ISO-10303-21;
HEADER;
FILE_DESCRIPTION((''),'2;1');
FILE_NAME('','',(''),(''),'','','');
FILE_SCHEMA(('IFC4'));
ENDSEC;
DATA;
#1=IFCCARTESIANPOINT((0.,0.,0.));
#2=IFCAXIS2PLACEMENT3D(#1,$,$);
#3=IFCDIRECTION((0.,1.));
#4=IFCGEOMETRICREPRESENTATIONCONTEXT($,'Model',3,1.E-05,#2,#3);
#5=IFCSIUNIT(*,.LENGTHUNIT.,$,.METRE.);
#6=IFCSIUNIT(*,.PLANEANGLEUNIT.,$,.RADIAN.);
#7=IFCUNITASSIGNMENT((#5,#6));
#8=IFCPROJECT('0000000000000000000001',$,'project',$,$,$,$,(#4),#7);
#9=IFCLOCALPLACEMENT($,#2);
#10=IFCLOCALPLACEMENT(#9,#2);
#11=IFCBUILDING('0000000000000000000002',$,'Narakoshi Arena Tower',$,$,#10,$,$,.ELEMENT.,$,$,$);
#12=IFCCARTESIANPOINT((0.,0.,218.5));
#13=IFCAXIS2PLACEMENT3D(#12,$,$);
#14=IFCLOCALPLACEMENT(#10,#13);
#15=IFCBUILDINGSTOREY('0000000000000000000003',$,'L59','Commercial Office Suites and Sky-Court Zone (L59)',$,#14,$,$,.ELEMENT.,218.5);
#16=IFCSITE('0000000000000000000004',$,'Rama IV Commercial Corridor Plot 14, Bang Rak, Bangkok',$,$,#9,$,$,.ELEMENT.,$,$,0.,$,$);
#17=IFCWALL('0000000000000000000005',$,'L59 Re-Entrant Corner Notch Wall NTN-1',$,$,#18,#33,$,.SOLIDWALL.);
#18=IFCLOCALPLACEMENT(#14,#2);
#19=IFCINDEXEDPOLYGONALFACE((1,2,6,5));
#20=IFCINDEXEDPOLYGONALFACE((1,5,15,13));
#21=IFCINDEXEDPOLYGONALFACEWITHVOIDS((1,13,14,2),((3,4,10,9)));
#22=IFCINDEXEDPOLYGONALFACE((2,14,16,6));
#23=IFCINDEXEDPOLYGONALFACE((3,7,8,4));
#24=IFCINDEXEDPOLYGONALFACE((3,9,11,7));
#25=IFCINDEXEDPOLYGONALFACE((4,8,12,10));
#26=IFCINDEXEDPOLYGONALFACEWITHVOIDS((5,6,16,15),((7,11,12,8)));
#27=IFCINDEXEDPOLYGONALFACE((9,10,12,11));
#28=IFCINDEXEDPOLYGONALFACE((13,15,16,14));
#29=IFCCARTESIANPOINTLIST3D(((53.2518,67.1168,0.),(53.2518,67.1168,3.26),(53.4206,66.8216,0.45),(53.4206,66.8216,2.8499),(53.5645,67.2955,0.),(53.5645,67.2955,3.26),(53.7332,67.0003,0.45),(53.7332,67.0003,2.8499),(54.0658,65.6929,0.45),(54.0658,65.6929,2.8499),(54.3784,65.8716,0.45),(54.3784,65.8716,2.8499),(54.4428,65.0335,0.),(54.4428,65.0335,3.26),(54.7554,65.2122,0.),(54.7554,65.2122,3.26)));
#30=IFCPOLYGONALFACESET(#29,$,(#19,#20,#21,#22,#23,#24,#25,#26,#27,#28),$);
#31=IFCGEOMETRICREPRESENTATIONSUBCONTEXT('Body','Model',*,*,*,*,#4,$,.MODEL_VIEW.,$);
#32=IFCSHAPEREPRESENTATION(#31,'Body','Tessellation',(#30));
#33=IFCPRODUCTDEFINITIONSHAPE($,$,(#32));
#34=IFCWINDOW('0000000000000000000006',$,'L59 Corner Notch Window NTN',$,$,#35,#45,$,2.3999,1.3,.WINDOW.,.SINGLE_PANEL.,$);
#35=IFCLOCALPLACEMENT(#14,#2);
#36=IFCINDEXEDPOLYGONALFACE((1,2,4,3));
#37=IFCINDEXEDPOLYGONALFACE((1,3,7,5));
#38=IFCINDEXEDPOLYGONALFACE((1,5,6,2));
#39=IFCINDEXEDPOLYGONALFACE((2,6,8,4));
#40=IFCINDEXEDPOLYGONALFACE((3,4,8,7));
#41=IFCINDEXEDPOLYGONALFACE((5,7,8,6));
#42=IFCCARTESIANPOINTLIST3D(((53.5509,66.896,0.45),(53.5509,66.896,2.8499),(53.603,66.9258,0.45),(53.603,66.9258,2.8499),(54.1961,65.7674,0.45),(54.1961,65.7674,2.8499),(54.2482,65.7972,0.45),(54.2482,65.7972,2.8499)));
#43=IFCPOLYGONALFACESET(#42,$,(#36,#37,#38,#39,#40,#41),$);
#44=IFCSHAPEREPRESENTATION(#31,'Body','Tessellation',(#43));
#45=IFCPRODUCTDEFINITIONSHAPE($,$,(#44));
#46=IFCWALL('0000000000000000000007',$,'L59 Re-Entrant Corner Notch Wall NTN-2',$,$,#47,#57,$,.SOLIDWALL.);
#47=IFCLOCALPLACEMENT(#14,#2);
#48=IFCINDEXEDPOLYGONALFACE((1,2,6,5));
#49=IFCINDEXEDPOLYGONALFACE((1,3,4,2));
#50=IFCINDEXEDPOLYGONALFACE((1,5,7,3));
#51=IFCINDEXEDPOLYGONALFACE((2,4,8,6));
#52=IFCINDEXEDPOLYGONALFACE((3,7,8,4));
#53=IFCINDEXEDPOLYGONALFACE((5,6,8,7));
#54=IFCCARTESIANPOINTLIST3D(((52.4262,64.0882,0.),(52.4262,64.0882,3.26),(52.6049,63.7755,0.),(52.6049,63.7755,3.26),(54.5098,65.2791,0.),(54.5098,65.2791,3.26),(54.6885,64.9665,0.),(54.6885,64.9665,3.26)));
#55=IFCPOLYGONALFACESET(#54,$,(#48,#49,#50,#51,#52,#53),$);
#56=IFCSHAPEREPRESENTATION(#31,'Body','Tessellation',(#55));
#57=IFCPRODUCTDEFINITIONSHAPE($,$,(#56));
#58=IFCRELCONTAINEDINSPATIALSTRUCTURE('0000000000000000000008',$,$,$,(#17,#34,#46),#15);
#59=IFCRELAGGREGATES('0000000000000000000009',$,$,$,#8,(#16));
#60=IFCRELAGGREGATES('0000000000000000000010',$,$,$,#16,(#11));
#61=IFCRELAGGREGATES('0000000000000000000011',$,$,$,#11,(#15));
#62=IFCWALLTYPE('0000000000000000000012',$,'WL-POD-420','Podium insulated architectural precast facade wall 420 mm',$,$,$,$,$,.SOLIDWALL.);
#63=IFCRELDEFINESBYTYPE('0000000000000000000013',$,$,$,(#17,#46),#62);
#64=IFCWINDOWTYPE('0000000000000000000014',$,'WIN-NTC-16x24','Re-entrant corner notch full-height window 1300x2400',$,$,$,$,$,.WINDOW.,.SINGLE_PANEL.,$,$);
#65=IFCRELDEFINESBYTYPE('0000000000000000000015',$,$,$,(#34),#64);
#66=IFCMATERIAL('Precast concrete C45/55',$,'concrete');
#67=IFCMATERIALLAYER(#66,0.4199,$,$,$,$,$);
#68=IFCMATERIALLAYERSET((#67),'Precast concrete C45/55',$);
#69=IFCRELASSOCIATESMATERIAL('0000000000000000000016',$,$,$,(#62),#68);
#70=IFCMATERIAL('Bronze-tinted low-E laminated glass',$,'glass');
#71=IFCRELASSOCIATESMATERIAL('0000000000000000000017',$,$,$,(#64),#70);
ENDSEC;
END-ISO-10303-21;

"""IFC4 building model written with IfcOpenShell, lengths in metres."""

from ifc_helpers import new_model, si_unit, direction, frame, frame_2d, origin, place, context, subcontext, project, spatial, rectangle, extrude, material, layer, layer_set, type_object, element, fill, save


model = new_model("IFC4")

# Units and contexts
model_context = context("Model", 3, precision=1e-05, world=origin(), true_north=direction((0.0, 1.0)))
body_context = subcontext(model_context, "Body", "Model", "MODEL_VIEW")
ifc_project = project(units=[si_unit("LENGTHUNIT", "METRE"), si_unit("PLANEANGLEUNIT", "RADIAN")], contexts=[model_context])

# Site, building, storey
site_placement = place(None, origin())
site = spatial("IfcSite", under=ifc_project, at=site_placement, Name="Rama IV Commercial Corridor Plot 14, Bang Rak, Bangkok", CompositionType="ELEMENT", RefElevation=0.0)
building_placement = place(site_placement, origin())
building = spatial("IfcBuilding", under=site, at=building_placement, Name="Narakoshi Arena Tower", CompositionType="ELEMENT")
storey_placement = place(building_placement, frame((0.0, 0.0, 218.5)))
storey = spatial("IfcBuildingStorey", under=building, at=storey_placement, Name="L59", Description="Commercial Office Suites and Sky-Court Zone (L59)", CompositionType="ELEMENT", Elevation=218.5)

# Shared definitions
ifc_material_1 = material(Name="Bronze-tinted low-E laminated glass", Category="glass")

# Shared definitions
ifc_material_2 = material(Name="Precast concrete C45/55", Category="concrete")

# Wall, opening, window
ifc_layer_1 = layer(ifc_material_2, 0.4199)
ifc_layer_set_1 = layer_set([ifc_layer_1], Name="Precast concrete C45/55")
wall_type_1 = type_object("IfcWallType", Name="WL-POD-420", Description="Podium insulated architectural precast facade wall 420 mm", PredefinedType="SOLIDWALL", material=ifc_layer_set_1)
wall_1_placement = place(storey_placement, frame((53.4082, 67.2061, 0.0), z_axis=(0.0, 0.0, 1.0), x_axis=(0.496292, -0.868155, 0.0)))
wall_1 = element("IfcWall", 1, at=wall_1_placement, inside=storey, type_object=wall_type_1, Name="L59 Re-Entrant Corner Notch Wall NTN-1", PredefinedType="SOLIDWALL", context=body_context, shape_type="SweptSolid", body=[
    extrude(rectangle(XDim=2.3997, YDim=0.3601, at=frame_2d((1.1997, 0.0))), origin(), (0.0, 0.0, 1.0), 3.26),
])
opening_1_placement = place(wall_1_placement, frame((0.3401, 0.0, 0.45)))
opening_1 = element("IfcOpeningElement", 2, at=opening_1_placement, cuts=wall_1, PredefinedType="OPENING", context=body_context, shape_type="SweptSolid", body=[
    extrude(rectangle(XDim=1.3, YDim=2.3999, at=frame_2d((0.6499, 1.2))), frame((0.0, 0.1899, 0.0), z_axis=(0.0, -1.0, 0.0), x_axis=(1.0, 0.0, 0.0)), (0.0, 0.0, 1.0), 0.3801),
])
window_type_1 = type_object("IfcWindowType", Name="WIN-NTC-16x24", Description="Re-entrant corner notch full-height window 1300x2400", PartitioningType="SINGLE_PANEL", PredefinedType="WINDOW", material=ifc_material_1)
window_1_placement = place(opening_1_placement, origin())
window_1 = element("IfcWindow", 3, at=window_1_placement, inside=storey, type_object=window_type_1, Name="L59 Corner Notch Window NTN", OverallHeight=2.3999, OverallWidth=1.3, PartitioningType="SINGLE_PANEL", PredefinedType="WINDOW", context=body_context, shape_type="SweptSolid", body=[
    extrude(rectangle(XDim=1.3, YDim=2.3999, at=frame_2d((0.6499, 1.2))), frame((0.0, 0.03, 0.0), z_axis=(0.0, -1.0, 0.0), x_axis=(1.0, 0.0, 0.0)), (0.0, 0.0, 1.0), 0.0601),
])
fill(opening_1, window_1)

# Wall
wall_2_placement = place(storey_placement, frame((54.5991, 65.1228, 0.0), z_axis=(0.0, 0.0, 1.0), x_axis=(-0.868181, -0.496248, 0.0)))
element("IfcWall", 4, at=wall_2_placement, inside=storey, type_object=wall_type_1, Name="L59 Re-Entrant Corner Notch Wall NTN-2", PredefinedType="SOLIDWALL", context=body_context, shape_type="SweptSolid", body=[
    extrude(rectangle(XDim=2.3999, YDim=0.3601, at=frame_2d((1.2, 0.0))), origin(), (0.0, 0.0, 1.0), 3.26),
])

save(model, "model.ifc")
